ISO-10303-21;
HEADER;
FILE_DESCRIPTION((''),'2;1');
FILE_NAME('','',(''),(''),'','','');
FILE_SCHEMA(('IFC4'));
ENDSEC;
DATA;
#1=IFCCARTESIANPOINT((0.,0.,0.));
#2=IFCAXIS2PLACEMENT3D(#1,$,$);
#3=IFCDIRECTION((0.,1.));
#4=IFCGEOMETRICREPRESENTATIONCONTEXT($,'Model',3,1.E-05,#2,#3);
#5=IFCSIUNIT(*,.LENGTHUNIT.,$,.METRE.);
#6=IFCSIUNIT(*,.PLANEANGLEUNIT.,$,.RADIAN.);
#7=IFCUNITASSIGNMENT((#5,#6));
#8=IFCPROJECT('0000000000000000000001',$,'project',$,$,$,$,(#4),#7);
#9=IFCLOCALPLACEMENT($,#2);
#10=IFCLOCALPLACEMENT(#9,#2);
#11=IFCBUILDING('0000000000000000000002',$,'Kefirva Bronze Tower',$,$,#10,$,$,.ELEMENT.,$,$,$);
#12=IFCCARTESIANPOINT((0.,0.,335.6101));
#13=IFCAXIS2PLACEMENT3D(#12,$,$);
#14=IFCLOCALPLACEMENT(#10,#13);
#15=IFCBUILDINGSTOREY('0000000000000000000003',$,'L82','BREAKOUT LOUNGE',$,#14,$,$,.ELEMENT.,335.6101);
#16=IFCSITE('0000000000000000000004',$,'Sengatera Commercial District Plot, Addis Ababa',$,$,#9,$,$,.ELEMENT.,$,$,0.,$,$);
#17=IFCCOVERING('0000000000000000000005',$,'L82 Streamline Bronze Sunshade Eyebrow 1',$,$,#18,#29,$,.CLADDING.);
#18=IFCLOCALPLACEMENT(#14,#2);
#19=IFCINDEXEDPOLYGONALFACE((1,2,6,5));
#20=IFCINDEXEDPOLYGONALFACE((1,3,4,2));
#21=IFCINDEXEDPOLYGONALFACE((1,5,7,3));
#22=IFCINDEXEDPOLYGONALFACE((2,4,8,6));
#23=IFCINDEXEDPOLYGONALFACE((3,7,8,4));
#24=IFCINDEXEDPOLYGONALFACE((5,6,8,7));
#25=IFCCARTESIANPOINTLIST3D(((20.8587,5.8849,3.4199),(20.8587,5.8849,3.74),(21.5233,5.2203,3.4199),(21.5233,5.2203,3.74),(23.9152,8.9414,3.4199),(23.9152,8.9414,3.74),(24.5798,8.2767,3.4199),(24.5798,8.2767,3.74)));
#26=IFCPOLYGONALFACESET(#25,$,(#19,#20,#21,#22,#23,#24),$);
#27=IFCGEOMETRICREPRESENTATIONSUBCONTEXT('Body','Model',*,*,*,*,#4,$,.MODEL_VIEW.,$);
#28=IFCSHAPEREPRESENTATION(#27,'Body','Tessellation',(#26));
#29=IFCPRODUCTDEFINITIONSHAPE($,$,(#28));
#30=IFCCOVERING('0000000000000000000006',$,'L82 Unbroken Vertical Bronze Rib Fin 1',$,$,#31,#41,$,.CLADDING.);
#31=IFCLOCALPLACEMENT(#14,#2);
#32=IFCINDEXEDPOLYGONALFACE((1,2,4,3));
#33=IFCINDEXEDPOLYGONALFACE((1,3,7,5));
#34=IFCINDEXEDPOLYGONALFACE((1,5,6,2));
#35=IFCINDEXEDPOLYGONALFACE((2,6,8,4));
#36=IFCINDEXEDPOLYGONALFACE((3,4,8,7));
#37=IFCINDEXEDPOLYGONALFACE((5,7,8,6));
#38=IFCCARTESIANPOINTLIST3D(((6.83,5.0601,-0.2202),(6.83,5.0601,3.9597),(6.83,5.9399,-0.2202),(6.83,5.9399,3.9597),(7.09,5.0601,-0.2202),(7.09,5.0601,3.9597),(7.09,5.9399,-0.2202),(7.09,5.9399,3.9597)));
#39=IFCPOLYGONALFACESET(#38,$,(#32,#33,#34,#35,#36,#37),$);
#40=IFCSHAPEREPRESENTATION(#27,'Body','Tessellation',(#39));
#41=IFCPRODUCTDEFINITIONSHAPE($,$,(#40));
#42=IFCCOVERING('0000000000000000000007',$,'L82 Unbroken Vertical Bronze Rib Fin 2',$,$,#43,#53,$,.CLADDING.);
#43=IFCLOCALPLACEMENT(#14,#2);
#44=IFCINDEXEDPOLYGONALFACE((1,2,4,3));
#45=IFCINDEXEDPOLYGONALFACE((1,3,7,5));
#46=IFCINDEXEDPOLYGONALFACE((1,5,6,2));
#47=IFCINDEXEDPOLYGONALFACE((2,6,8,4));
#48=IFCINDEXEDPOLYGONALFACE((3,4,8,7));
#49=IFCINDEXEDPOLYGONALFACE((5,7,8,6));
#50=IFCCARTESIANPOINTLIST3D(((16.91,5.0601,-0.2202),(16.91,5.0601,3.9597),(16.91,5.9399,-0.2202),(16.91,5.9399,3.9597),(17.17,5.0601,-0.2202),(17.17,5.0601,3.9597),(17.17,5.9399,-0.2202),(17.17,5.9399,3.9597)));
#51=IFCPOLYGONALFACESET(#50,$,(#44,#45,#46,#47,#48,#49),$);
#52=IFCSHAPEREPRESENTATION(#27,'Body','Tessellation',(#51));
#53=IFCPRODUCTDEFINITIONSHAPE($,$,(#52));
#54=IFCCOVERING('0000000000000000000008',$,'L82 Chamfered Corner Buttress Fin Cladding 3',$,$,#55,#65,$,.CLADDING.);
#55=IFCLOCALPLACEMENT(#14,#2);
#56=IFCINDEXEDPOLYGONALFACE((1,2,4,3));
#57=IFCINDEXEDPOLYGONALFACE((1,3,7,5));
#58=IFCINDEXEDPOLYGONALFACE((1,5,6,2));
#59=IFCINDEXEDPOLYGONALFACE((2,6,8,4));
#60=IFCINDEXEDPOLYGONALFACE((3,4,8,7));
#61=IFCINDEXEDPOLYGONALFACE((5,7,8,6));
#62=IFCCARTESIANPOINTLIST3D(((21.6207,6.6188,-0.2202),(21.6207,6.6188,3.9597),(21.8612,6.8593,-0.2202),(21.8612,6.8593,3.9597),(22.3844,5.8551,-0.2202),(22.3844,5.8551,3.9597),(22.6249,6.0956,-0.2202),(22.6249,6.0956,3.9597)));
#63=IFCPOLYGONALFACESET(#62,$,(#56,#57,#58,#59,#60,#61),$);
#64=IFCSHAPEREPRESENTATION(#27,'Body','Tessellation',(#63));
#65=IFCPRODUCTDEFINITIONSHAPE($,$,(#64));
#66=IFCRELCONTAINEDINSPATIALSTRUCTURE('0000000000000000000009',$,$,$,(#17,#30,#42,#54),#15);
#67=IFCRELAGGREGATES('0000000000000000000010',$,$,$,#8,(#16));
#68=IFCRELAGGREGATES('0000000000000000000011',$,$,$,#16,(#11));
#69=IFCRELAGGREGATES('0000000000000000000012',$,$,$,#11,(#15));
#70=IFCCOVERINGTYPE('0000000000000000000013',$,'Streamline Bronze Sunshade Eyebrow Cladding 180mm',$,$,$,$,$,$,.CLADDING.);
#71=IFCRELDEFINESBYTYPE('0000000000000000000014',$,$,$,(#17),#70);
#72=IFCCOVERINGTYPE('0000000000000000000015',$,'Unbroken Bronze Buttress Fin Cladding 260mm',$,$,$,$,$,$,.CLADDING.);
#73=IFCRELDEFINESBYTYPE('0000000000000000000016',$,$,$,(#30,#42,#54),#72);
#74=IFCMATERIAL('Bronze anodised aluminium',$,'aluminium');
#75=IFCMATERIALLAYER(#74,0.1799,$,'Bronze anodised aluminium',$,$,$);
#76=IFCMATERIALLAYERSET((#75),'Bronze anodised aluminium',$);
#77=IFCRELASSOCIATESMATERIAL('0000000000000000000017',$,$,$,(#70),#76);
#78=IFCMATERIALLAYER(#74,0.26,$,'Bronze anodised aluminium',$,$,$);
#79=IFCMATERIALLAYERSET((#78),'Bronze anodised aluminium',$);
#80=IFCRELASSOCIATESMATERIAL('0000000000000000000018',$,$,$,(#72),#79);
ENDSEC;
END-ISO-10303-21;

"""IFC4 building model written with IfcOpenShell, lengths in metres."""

from ifc_helpers import new_model, si_unit, direction, frame, origin, origin_2d, place, context, subcontext, project, spatial, rectangle, extrude, material, layer, layer_set, type_object, element, save


model = new_model("IFC4")

# Units and contexts
model_context = context("Model", 3, precision=1e-05, world=origin(), true_north=direction((0.0, 1.0)))
body_context = subcontext(model_context, "Body", "Model", "MODEL_VIEW")
ifc_project = project(units=[si_unit("LENGTHUNIT", "METRE"), si_unit("PLANEANGLEUNIT", "RADIAN")], contexts=[model_context])

# Site, building, storey
site_placement = place(None, origin())
site = spatial("IfcSite", under=ifc_project, at=site_placement, Name="Sengatera Commercial District Plot, Addis Ababa", CompositionType="ELEMENT", RefElevation=0.0)
building_placement = place(site_placement, origin())
building = spatial("IfcBuilding", under=site, at=building_placement, Name="Kefirva Bronze Tower", CompositionType="ELEMENT")
storey_placement = place(building_placement, frame((0.0, 0.0, 335.6101)))
storey = spatial("IfcBuildingStorey", under=building, at=storey_placement, Name="L82", Description="BREAKOUT LOUNGE", CompositionType="ELEMENT", Elevation=335.6101)

# Shared definitions
ifc_material_1 = material(Name="Bronze anodised aluminium", Category="aluminium")

# Coverings
ifc_layer_1 = layer(ifc_material_1, 0.1799, Name="Bronze anodised aluminium")
ifc_layer_set_1 = layer_set([ifc_layer_1], Name="Bronze anodised aluminium")
covering_type_1 = type_object("IfcCoveringType", Name="Streamline Bronze Sunshade Eyebrow Cladding 180mm", PredefinedType="CLADDING", material=ifc_layer_set_1)
covering_1_placement = place(storey_placement, frame((22.7192, 7.0808, 3.4199), z_axis=(0.0, 0.0, 1.0), x_axis=(0.707107, 0.707107, 0.0)))
element("IfcCovering", 1, at=covering_1_placement, inside=storey, type_object=covering_type_1, Name="L82 Streamline Bronze Sunshade Eyebrow 1", PredefinedType="CLADDING", context=body_context, shape_type="SweptSolid", body=[
    extrude(rectangle(XDim=4.3225, YDim=0.9399, at=origin_2d()), origin(), (0.0, 0.0, 1.0), 0.3201),
])
ifc_layer_2 = layer(ifc_material_1, 0.26, Name="Bronze anodised aluminium")
ifc_layer_set_2 = layer_set([ifc_layer_2], Name="Bronze anodised aluminium")
covering_type_2 = type_object("IfcCoveringType", Name="Unbroken Bronze Buttress Fin Cladding 260mm", PredefinedType="CLADDING", material=ifc_layer_set_2)
for number, where, z_axis, x_axis, name in (
    (2, (6.96, 5.5, -0.2202), (0.0, 0.0, 1.0), (1.0, 0.0, 0.0), "L82 Unbroken Vertical Bronze Rib Fin 1"),
    (3, (17.04, 5.5, -0.2202), (0.0, 0.0, 1.0), (1.0, 0.0, 0.0), "L82 Unbroken Vertical Bronze Rib Fin 2"),
):
    element("IfcCovering", number, at=place(storey_placement, frame(where, z_axis=z_axis, x_axis=x_axis)), inside=storey, type_object=covering_type_2, Name=name, PredefinedType="CLADDING", context=body_context, shape_type="SweptSolid", body=[
        extrude(rectangle(XDim=0.26, YDim=0.8799, at=origin_2d()), origin(), (0.0, 0.0, 1.0), 4.1799),
    ])
covering_2_placement = place(storey_placement, frame((22.1228, 6.3572, -0.2202), z_axis=(0.0, 0.0, 1.0), x_axis=(0.707107, 0.707107, 0.0)))
element("IfcCovering", 4, at=covering_2_placement, inside=storey, type_object=covering_type_2, Name="L82 Chamfered Corner Buttress Fin Cladding 3", PredefinedType="CLADDING", context=body_context, shape_type="SweptSolid", body=[
    extrude(rectangle(XDim=0.3401, YDim=1.0801, at=origin_2d()), origin(), (0.0, 0.0, 1.0), 4.1799),
])

save(model, "model.ifc")
